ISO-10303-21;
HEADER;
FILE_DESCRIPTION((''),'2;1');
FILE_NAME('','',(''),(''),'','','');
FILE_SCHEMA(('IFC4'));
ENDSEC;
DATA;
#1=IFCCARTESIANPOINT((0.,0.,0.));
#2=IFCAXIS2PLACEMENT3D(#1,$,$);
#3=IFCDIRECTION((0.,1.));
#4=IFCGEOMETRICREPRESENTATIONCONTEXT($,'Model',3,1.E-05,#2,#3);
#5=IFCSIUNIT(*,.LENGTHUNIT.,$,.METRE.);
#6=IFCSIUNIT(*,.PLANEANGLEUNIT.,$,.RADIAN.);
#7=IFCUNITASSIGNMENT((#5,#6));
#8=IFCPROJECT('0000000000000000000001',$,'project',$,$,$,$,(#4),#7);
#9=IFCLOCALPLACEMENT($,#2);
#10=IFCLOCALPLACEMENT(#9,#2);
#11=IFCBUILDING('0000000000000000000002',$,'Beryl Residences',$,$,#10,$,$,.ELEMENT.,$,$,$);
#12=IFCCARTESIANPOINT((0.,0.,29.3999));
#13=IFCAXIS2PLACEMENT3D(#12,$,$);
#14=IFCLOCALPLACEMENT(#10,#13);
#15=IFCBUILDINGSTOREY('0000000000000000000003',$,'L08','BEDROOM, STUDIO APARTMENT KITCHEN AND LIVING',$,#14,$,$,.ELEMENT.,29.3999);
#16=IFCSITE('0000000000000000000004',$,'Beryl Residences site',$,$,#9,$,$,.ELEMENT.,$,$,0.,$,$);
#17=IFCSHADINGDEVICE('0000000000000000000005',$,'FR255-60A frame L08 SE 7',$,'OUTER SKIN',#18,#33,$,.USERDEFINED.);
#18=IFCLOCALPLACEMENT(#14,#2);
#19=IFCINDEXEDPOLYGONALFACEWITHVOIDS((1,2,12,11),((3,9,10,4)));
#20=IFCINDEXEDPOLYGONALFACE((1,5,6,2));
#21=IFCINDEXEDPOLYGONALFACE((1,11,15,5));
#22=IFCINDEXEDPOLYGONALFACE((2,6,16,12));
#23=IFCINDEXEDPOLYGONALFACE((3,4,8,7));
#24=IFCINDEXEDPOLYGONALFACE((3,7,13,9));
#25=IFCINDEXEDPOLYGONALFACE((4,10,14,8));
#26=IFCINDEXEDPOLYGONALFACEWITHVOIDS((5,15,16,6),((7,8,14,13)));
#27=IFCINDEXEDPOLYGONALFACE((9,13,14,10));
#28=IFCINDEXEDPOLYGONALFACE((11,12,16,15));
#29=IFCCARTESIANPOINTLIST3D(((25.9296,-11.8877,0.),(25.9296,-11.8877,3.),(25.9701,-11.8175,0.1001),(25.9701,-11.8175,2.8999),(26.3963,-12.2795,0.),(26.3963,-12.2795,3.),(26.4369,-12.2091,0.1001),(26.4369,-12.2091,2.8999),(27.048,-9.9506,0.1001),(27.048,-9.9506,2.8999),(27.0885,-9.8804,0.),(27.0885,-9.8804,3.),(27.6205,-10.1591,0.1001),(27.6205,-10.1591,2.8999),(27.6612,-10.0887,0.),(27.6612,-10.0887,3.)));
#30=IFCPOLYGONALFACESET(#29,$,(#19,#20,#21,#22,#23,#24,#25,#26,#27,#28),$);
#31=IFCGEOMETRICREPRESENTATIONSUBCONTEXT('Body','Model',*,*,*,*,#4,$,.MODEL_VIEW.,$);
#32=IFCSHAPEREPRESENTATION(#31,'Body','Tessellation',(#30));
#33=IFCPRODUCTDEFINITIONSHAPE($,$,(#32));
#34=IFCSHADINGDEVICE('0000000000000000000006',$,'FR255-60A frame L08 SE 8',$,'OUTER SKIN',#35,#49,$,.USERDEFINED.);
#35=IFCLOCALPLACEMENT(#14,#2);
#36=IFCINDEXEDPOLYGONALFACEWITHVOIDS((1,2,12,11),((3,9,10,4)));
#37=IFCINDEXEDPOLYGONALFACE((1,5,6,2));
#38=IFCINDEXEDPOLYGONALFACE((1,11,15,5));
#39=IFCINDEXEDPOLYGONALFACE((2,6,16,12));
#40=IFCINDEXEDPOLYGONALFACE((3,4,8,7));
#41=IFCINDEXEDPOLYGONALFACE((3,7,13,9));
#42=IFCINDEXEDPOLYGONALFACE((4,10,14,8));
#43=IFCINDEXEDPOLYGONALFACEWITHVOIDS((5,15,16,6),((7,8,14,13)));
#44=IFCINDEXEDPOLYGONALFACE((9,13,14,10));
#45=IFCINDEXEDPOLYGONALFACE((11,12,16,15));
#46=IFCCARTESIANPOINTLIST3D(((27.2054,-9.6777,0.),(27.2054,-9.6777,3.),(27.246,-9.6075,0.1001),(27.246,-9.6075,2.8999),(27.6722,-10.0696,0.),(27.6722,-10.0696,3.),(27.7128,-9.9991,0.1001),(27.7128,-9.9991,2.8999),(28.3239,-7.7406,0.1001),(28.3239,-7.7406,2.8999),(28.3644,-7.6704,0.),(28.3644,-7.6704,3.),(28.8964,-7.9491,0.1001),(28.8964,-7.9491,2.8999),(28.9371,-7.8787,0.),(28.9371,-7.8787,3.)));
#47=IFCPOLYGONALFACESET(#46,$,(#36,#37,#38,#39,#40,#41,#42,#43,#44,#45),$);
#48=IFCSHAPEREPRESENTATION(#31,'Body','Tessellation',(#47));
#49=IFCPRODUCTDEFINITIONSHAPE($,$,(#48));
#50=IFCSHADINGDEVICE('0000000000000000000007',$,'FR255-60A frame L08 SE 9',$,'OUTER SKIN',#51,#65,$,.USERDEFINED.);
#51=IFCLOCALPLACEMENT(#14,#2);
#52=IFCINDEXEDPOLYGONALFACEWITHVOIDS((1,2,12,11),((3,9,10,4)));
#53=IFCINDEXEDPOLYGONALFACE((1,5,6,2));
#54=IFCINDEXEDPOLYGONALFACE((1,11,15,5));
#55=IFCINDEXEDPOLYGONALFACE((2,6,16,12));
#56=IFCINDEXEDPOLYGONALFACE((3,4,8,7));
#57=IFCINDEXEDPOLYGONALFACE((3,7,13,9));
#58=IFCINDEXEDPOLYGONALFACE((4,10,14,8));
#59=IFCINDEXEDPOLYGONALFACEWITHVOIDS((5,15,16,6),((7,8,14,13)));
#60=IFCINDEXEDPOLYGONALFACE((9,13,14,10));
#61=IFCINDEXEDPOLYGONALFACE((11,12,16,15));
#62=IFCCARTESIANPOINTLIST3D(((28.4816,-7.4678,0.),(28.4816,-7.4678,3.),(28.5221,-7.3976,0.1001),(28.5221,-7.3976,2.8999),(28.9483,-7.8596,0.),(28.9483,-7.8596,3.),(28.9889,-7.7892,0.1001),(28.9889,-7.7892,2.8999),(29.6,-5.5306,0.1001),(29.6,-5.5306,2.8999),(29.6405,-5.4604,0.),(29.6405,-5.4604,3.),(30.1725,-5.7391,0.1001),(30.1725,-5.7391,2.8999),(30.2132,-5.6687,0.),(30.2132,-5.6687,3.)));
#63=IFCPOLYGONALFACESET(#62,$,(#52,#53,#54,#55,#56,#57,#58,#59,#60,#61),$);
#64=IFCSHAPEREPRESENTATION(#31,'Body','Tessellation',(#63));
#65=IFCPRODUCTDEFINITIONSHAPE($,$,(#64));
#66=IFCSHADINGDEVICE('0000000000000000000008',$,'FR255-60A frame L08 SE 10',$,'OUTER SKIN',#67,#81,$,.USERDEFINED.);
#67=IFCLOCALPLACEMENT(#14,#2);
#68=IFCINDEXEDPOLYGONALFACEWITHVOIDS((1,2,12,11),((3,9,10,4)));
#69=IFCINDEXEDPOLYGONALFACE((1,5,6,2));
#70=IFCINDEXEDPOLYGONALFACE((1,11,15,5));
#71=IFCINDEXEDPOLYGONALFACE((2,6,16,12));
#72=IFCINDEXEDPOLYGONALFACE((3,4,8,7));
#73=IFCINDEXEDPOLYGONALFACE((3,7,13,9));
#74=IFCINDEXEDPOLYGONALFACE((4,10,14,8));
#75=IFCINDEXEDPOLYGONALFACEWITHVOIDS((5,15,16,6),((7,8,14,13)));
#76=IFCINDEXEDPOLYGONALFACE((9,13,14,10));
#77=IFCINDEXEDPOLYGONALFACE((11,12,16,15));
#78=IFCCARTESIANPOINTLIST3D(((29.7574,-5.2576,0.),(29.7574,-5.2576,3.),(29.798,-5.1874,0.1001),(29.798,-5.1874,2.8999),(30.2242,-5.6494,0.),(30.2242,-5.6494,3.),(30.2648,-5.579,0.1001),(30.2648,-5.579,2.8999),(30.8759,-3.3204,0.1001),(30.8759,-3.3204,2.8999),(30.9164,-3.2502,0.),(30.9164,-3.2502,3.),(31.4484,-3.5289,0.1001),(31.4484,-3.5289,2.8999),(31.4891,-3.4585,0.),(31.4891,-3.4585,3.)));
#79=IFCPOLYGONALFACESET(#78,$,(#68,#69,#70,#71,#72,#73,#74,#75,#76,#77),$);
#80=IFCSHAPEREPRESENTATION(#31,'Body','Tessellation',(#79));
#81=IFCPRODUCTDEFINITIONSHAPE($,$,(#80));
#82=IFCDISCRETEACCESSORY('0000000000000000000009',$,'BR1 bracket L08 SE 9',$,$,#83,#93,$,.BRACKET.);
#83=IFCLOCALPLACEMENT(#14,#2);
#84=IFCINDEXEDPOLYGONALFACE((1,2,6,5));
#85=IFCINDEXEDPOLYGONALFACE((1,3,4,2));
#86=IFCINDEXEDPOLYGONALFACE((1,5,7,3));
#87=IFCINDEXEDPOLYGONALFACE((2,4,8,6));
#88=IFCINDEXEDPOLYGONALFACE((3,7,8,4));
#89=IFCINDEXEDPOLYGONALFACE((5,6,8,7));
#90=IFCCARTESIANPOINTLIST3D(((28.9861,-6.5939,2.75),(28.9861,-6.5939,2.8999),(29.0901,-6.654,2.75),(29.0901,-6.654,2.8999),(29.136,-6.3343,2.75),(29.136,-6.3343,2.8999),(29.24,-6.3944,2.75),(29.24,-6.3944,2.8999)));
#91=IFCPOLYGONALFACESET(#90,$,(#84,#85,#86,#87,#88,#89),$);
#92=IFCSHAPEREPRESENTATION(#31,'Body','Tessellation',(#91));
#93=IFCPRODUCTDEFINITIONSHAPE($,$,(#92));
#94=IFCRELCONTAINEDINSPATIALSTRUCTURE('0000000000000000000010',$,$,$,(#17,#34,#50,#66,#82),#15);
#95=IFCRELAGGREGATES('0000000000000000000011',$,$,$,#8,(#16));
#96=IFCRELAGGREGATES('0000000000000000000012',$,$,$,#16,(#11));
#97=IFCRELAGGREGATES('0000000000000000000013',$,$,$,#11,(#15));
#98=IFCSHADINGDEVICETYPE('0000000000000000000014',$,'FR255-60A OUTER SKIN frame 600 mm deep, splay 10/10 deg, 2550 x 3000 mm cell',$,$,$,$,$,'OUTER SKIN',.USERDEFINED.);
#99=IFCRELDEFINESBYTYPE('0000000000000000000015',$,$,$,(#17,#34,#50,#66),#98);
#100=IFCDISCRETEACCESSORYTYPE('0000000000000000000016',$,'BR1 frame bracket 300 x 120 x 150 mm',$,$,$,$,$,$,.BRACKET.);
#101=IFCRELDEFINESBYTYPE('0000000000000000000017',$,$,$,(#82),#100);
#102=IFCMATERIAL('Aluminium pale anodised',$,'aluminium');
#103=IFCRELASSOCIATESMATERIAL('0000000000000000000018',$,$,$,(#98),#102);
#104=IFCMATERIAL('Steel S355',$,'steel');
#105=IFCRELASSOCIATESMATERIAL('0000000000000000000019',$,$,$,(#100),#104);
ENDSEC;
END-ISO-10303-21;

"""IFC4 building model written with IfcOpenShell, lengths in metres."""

from ifc_helpers import new_model, entity, si_unit, direction, frame, origin, place, context, subcontext, project, spatial, polyline, outline, extrude, source, transform, mapped, material, type_object, type_shapes, element, save


model = new_model("IFC4")

# Units and contexts
model_context = context("Model", 3, precision=1e-05, world=origin(), true_north=direction((0.0, 1.0)))
body_context = subcontext(model_context, "Body", "Model", "MODEL_VIEW")
ifc_project = project(units=[si_unit("LENGTHUNIT", "METRE"), si_unit("PLANEANGLEUNIT", "RADIAN")], contexts=[model_context])

# Site, building, storey
site_placement = place(None, origin())
site = spatial("IfcSite", under=ifc_project, at=site_placement, Name="Beryl Residences site", CompositionType="ELEMENT", RefElevation=0.0)
building_placement = place(site_placement, origin())
building = spatial("IfcBuilding", under=site, at=building_placement, Name="Beryl Residences", CompositionType="ELEMENT")
storey_placement = place(building_placement, frame((0.0, 0.0, 29.3999)))
storey = spatial("IfcBuildingStorey", under=building, at=storey_placement, Name="L08", Description="BEDROOM, STUDIO APARTMENT KITCHEN AND LIVING", CompositionType="ELEMENT", Elevation=29.3999)

# Shading devices
ifc_material_1 = material(Name="Aluminium pale anodised", Category="aluminium")
shading_device_type = type_object("IfcShadingDeviceType", Name="FR255-60A OUTER SKIN frame 600 mm deep, splay 10/10 deg, 2550 x 3000 mm cell", ElementType="OUTER SKIN", PredefinedType="USERDEFINED", material=ifc_material_1)
cartesian_point_1 = entity("IfcCartesianPoint", [-1.1589, 0.0])
cartesian_point_2 = entity("IfcCartesianPoint", [-1.0779, 0.1001])
cartesian_point_3 = entity("IfcCartesianPoint", [-1.2649, 0.0])
cartesian_point_4 = entity("IfcCartesianPoint", [-1.1836, 0.1001])
shared_shape_1 = source(origin(), body_context, "Body", "SweptSolid", [
    entity("IfcExtrudedAreaSolidTapered", entity("IfcArbitraryProfileDefWithVoids", "AREA", None, entity("IfcPolyline", [cartesian_point_1, entity("IfcCartesianPoint", [1.1589, 0.0]), entity("IfcCartesianPoint", [1.1589, 3.0]), entity("IfcCartesianPoint", [-1.1589, 3.0]), cartesian_point_1]), [entity("IfcPolyline", [cartesian_point_2, entity("IfcCartesianPoint", [1.0779, 0.1001]), entity("IfcCartesianPoint", [1.0779, 2.8999]), entity("IfcCartesianPoint", [-1.0779, 2.8999]), cartesian_point_2])]), entity("IfcAxis2Placement3D", entity("IfcCartesianPoint", [0.0, 0.0, 0.0]), entity("IfcDirection", [0.0, 1.0, 0.0]), entity("IfcDirection", [-1.0, 0.0, 0.0])), entity("IfcDirection", [0.0, 0.0, 1.0]), 0.6001, entity("IfcArbitraryProfileDefWithVoids", "AREA", None, entity("IfcPolyline", [cartesian_point_3, entity("IfcCartesianPoint", [1.2649, 0.0]), entity("IfcCartesianPoint", [1.2649, 3.0]), entity("IfcCartesianPoint", [-1.2649, 3.0]), cartesian_point_3]), [entity("IfcPolyline", [cartesian_point_4, entity("IfcCartesianPoint", [1.1836, 0.1001]), entity("IfcCartesianPoint", [1.1836, 2.8999]), entity("IfcCartesianPoint", [-1.1836, 2.8999]), cartesian_point_4])])),
])
type_shapes(shading_device_type, [shared_shape_1])
for number, where, z_axis, x_axis, name in (
    (1, (26.509, -10.884, 0.0), (0.0, 0.0, 1.0), (-0.5, -0.866025, 0.0), "FR255-60A frame L08 SE 7"),
    (2, (27.7849, -8.6741, 0.0), (0.0, 0.0, 1.0), (-0.5, -0.866025, 0.0), "FR255-60A frame L08 SE 8"),
    (3, (29.061, -6.4641, 0.0), (0.0, 0.0, 1.0), (-0.5, -0.866025, 0.0), "FR255-60A frame L08 SE 9"),
    (4, (30.3369, -4.2539, 0.0), (0.0, 0.0, 1.0), (-0.5, -0.866025, 0.0), "FR255-60A frame L08 SE 10"),
):
    element("IfcShadingDevice", number, at=place(storey_placement, frame(where, z_axis=z_axis, x_axis=x_axis)), inside=storey, type_object=shading_device_type, Name=name, ObjectType="OUTER SKIN", PredefinedType="USERDEFINED", context=body_context, shape_type="MappedRepresentation", body=[
        mapped(shared_shape_1, transform((0.0, 0.0, 0.0))),
    ])

# Discrete accessory
ifc_material_2 = material(Name="Steel S355", Category="steel")
discrete_accessory_type = type_object("IfcDiscreteAccessoryType", Name="BR1 frame bracket 300 x 120 x 150 mm", PredefinedType="BRACKET", material=ifc_material_2)
shared_shape_2 = source(origin(), body_context, "Body", "SweptSolid", [
    extrude(outline(polyline([(-0.1499, 0.0), (0.1499, 0.0), (0.1499, 0.1201), (-0.1499, 0.1201), (-0.1499, 0.0)])), origin(), (0.0, 0.0, 1.0), 0.1499),
])
type_shapes(discrete_accessory_type, [shared_shape_2])
discrete_accessory_placement = place(storey_placement, frame((29.061, -6.4641, 2.75), z_axis=(0.0, 0.0, 1.0), x_axis=(-0.5, -0.866025, 0.0)))
element("IfcDiscreteAccessory", 5, at=discrete_accessory_placement, inside=storey, type_object=discrete_accessory_type, Name="BR1 bracket L08 SE 9", PredefinedType="BRACKET", context=body_context, shape_type="MappedRepresentation", body=[
    mapped(shared_shape_2, transform((0.0, 0.0, 0.0))),
])

save(model, "model.ifc")
